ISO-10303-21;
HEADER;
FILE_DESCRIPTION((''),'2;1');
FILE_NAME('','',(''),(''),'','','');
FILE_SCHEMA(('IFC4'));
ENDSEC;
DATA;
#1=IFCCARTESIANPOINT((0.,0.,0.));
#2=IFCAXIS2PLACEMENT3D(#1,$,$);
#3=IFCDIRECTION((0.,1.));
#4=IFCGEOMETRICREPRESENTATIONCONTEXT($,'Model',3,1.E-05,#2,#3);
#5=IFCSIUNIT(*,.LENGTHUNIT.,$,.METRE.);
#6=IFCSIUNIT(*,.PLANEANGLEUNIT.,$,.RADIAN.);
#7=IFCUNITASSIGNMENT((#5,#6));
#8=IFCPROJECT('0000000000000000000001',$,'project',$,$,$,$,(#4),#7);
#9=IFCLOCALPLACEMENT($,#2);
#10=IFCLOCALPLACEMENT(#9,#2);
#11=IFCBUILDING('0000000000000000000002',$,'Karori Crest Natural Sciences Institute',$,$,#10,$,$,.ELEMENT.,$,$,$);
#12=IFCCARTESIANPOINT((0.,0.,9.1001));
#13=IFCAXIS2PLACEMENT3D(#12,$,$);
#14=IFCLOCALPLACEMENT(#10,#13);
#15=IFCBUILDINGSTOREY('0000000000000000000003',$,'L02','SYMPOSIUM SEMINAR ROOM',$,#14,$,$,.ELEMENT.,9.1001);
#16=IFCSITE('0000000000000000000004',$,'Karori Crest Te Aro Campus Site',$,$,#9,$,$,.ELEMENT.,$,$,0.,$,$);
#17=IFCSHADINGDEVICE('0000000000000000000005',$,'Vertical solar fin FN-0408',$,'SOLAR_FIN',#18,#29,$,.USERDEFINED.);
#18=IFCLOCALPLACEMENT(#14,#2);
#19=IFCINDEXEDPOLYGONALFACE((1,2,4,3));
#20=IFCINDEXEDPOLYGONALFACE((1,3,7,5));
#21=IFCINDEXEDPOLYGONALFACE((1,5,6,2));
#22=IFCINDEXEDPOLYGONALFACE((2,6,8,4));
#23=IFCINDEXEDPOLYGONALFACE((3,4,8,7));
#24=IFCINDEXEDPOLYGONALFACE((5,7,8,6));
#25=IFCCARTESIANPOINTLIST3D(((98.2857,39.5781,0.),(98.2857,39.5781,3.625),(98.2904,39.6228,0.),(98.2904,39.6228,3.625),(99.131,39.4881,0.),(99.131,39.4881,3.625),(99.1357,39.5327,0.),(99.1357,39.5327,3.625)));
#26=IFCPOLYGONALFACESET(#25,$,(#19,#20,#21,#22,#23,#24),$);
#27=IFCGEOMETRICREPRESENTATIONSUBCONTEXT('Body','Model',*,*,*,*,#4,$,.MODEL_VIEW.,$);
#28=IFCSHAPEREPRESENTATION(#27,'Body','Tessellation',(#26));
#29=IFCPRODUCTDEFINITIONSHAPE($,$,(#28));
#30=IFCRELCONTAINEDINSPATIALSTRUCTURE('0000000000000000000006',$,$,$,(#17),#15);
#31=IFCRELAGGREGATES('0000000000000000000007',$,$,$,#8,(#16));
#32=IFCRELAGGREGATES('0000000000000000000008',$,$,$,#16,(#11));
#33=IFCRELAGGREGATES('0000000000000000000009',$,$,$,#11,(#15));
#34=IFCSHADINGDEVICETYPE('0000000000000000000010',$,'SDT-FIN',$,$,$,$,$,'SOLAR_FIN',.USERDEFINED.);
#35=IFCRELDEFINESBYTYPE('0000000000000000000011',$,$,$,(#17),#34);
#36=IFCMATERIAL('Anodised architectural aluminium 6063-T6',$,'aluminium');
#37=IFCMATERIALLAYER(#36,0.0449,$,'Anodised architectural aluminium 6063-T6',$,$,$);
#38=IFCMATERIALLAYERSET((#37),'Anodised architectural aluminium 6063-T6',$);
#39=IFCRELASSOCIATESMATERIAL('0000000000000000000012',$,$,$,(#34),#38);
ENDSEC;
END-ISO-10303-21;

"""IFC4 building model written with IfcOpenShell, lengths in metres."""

from ifc_helpers import new_model, si_unit, direction, frame, origin, origin_2d, place, context, subcontext, project, spatial, rectangle, extrude, material, layer, layer_set, type_object, element, save


model = new_model("IFC4")

# Units and contexts
model_context = context("Model", 3, precision=1e-05, world=origin(), true_north=direction((0.0, 1.0)))
body_context = subcontext(model_context, "Body", "Model", "MODEL_VIEW")
ifc_project = project(units=[si_unit("LENGTHUNIT", "METRE"), si_unit("PLANEANGLEUNIT", "RADIAN")], contexts=[model_context])

# Site, building, storey
site_placement = place(None, origin())
site = spatial("IfcSite", under=ifc_project, at=site_placement, Name="Karori Crest Te Aro Campus Site", CompositionType="ELEMENT", RefElevation=0.0)
building_placement = place(site_placement, origin())
building = spatial("IfcBuilding", under=site, at=building_placement, Name="Karori Crest Natural Sciences Institute", CompositionType="ELEMENT")
storey_placement = place(building_placement, frame((0.0, 0.0, 9.1001)))
storey = spatial("IfcBuildingStorey", under=building, at=storey_placement, Name="L02", Description="SYMPOSIUM SEMINAR ROOM", CompositionType="ELEMENT", Elevation=9.1001)

# Shared definitions
ifc_material_1 = material(Name="Anodised architectural aluminium 6063-T6", Category="aluminium")

# Shading device
ifc_layer_1 = layer(ifc_material_1, 0.0449, Name="Anodised architectural aluminium 6063-T6")
ifc_layer_set_1 = layer_set([ifc_layer_1], Name="Anodised architectural aluminium 6063-T6")
shading_device_type = type_object("IfcShadingDeviceType", Name="SDT-FIN", ElementType="SOLAR_FIN", PredefinedType="USERDEFINED", material=ifc_layer_set_1)
for number, where, z_axis, x_axis, name in (
    (1, (98.7107, 39.5554, 0.0), (0.0, 0.0, 1.0), (0.994378, -0.105884, 0.0), "Vertical solar fin FN-0408"),
):
    element("IfcShadingDevice", number, at=place(storey_placement, frame(where, z_axis=z_axis, x_axis=x_axis)), inside=storey, type_object=shading_device_type, Name=name, ObjectType="SOLAR_FIN", PredefinedType="USERDEFINED", context=body_context, shape_type="SweptSolid", body=[
        extrude(rectangle(XDim=0.8501, YDim=0.0449, at=origin_2d()), origin(), (0.0, 0.0, 1.0), 3.625),
    ])

save(model, "model.ifc")
